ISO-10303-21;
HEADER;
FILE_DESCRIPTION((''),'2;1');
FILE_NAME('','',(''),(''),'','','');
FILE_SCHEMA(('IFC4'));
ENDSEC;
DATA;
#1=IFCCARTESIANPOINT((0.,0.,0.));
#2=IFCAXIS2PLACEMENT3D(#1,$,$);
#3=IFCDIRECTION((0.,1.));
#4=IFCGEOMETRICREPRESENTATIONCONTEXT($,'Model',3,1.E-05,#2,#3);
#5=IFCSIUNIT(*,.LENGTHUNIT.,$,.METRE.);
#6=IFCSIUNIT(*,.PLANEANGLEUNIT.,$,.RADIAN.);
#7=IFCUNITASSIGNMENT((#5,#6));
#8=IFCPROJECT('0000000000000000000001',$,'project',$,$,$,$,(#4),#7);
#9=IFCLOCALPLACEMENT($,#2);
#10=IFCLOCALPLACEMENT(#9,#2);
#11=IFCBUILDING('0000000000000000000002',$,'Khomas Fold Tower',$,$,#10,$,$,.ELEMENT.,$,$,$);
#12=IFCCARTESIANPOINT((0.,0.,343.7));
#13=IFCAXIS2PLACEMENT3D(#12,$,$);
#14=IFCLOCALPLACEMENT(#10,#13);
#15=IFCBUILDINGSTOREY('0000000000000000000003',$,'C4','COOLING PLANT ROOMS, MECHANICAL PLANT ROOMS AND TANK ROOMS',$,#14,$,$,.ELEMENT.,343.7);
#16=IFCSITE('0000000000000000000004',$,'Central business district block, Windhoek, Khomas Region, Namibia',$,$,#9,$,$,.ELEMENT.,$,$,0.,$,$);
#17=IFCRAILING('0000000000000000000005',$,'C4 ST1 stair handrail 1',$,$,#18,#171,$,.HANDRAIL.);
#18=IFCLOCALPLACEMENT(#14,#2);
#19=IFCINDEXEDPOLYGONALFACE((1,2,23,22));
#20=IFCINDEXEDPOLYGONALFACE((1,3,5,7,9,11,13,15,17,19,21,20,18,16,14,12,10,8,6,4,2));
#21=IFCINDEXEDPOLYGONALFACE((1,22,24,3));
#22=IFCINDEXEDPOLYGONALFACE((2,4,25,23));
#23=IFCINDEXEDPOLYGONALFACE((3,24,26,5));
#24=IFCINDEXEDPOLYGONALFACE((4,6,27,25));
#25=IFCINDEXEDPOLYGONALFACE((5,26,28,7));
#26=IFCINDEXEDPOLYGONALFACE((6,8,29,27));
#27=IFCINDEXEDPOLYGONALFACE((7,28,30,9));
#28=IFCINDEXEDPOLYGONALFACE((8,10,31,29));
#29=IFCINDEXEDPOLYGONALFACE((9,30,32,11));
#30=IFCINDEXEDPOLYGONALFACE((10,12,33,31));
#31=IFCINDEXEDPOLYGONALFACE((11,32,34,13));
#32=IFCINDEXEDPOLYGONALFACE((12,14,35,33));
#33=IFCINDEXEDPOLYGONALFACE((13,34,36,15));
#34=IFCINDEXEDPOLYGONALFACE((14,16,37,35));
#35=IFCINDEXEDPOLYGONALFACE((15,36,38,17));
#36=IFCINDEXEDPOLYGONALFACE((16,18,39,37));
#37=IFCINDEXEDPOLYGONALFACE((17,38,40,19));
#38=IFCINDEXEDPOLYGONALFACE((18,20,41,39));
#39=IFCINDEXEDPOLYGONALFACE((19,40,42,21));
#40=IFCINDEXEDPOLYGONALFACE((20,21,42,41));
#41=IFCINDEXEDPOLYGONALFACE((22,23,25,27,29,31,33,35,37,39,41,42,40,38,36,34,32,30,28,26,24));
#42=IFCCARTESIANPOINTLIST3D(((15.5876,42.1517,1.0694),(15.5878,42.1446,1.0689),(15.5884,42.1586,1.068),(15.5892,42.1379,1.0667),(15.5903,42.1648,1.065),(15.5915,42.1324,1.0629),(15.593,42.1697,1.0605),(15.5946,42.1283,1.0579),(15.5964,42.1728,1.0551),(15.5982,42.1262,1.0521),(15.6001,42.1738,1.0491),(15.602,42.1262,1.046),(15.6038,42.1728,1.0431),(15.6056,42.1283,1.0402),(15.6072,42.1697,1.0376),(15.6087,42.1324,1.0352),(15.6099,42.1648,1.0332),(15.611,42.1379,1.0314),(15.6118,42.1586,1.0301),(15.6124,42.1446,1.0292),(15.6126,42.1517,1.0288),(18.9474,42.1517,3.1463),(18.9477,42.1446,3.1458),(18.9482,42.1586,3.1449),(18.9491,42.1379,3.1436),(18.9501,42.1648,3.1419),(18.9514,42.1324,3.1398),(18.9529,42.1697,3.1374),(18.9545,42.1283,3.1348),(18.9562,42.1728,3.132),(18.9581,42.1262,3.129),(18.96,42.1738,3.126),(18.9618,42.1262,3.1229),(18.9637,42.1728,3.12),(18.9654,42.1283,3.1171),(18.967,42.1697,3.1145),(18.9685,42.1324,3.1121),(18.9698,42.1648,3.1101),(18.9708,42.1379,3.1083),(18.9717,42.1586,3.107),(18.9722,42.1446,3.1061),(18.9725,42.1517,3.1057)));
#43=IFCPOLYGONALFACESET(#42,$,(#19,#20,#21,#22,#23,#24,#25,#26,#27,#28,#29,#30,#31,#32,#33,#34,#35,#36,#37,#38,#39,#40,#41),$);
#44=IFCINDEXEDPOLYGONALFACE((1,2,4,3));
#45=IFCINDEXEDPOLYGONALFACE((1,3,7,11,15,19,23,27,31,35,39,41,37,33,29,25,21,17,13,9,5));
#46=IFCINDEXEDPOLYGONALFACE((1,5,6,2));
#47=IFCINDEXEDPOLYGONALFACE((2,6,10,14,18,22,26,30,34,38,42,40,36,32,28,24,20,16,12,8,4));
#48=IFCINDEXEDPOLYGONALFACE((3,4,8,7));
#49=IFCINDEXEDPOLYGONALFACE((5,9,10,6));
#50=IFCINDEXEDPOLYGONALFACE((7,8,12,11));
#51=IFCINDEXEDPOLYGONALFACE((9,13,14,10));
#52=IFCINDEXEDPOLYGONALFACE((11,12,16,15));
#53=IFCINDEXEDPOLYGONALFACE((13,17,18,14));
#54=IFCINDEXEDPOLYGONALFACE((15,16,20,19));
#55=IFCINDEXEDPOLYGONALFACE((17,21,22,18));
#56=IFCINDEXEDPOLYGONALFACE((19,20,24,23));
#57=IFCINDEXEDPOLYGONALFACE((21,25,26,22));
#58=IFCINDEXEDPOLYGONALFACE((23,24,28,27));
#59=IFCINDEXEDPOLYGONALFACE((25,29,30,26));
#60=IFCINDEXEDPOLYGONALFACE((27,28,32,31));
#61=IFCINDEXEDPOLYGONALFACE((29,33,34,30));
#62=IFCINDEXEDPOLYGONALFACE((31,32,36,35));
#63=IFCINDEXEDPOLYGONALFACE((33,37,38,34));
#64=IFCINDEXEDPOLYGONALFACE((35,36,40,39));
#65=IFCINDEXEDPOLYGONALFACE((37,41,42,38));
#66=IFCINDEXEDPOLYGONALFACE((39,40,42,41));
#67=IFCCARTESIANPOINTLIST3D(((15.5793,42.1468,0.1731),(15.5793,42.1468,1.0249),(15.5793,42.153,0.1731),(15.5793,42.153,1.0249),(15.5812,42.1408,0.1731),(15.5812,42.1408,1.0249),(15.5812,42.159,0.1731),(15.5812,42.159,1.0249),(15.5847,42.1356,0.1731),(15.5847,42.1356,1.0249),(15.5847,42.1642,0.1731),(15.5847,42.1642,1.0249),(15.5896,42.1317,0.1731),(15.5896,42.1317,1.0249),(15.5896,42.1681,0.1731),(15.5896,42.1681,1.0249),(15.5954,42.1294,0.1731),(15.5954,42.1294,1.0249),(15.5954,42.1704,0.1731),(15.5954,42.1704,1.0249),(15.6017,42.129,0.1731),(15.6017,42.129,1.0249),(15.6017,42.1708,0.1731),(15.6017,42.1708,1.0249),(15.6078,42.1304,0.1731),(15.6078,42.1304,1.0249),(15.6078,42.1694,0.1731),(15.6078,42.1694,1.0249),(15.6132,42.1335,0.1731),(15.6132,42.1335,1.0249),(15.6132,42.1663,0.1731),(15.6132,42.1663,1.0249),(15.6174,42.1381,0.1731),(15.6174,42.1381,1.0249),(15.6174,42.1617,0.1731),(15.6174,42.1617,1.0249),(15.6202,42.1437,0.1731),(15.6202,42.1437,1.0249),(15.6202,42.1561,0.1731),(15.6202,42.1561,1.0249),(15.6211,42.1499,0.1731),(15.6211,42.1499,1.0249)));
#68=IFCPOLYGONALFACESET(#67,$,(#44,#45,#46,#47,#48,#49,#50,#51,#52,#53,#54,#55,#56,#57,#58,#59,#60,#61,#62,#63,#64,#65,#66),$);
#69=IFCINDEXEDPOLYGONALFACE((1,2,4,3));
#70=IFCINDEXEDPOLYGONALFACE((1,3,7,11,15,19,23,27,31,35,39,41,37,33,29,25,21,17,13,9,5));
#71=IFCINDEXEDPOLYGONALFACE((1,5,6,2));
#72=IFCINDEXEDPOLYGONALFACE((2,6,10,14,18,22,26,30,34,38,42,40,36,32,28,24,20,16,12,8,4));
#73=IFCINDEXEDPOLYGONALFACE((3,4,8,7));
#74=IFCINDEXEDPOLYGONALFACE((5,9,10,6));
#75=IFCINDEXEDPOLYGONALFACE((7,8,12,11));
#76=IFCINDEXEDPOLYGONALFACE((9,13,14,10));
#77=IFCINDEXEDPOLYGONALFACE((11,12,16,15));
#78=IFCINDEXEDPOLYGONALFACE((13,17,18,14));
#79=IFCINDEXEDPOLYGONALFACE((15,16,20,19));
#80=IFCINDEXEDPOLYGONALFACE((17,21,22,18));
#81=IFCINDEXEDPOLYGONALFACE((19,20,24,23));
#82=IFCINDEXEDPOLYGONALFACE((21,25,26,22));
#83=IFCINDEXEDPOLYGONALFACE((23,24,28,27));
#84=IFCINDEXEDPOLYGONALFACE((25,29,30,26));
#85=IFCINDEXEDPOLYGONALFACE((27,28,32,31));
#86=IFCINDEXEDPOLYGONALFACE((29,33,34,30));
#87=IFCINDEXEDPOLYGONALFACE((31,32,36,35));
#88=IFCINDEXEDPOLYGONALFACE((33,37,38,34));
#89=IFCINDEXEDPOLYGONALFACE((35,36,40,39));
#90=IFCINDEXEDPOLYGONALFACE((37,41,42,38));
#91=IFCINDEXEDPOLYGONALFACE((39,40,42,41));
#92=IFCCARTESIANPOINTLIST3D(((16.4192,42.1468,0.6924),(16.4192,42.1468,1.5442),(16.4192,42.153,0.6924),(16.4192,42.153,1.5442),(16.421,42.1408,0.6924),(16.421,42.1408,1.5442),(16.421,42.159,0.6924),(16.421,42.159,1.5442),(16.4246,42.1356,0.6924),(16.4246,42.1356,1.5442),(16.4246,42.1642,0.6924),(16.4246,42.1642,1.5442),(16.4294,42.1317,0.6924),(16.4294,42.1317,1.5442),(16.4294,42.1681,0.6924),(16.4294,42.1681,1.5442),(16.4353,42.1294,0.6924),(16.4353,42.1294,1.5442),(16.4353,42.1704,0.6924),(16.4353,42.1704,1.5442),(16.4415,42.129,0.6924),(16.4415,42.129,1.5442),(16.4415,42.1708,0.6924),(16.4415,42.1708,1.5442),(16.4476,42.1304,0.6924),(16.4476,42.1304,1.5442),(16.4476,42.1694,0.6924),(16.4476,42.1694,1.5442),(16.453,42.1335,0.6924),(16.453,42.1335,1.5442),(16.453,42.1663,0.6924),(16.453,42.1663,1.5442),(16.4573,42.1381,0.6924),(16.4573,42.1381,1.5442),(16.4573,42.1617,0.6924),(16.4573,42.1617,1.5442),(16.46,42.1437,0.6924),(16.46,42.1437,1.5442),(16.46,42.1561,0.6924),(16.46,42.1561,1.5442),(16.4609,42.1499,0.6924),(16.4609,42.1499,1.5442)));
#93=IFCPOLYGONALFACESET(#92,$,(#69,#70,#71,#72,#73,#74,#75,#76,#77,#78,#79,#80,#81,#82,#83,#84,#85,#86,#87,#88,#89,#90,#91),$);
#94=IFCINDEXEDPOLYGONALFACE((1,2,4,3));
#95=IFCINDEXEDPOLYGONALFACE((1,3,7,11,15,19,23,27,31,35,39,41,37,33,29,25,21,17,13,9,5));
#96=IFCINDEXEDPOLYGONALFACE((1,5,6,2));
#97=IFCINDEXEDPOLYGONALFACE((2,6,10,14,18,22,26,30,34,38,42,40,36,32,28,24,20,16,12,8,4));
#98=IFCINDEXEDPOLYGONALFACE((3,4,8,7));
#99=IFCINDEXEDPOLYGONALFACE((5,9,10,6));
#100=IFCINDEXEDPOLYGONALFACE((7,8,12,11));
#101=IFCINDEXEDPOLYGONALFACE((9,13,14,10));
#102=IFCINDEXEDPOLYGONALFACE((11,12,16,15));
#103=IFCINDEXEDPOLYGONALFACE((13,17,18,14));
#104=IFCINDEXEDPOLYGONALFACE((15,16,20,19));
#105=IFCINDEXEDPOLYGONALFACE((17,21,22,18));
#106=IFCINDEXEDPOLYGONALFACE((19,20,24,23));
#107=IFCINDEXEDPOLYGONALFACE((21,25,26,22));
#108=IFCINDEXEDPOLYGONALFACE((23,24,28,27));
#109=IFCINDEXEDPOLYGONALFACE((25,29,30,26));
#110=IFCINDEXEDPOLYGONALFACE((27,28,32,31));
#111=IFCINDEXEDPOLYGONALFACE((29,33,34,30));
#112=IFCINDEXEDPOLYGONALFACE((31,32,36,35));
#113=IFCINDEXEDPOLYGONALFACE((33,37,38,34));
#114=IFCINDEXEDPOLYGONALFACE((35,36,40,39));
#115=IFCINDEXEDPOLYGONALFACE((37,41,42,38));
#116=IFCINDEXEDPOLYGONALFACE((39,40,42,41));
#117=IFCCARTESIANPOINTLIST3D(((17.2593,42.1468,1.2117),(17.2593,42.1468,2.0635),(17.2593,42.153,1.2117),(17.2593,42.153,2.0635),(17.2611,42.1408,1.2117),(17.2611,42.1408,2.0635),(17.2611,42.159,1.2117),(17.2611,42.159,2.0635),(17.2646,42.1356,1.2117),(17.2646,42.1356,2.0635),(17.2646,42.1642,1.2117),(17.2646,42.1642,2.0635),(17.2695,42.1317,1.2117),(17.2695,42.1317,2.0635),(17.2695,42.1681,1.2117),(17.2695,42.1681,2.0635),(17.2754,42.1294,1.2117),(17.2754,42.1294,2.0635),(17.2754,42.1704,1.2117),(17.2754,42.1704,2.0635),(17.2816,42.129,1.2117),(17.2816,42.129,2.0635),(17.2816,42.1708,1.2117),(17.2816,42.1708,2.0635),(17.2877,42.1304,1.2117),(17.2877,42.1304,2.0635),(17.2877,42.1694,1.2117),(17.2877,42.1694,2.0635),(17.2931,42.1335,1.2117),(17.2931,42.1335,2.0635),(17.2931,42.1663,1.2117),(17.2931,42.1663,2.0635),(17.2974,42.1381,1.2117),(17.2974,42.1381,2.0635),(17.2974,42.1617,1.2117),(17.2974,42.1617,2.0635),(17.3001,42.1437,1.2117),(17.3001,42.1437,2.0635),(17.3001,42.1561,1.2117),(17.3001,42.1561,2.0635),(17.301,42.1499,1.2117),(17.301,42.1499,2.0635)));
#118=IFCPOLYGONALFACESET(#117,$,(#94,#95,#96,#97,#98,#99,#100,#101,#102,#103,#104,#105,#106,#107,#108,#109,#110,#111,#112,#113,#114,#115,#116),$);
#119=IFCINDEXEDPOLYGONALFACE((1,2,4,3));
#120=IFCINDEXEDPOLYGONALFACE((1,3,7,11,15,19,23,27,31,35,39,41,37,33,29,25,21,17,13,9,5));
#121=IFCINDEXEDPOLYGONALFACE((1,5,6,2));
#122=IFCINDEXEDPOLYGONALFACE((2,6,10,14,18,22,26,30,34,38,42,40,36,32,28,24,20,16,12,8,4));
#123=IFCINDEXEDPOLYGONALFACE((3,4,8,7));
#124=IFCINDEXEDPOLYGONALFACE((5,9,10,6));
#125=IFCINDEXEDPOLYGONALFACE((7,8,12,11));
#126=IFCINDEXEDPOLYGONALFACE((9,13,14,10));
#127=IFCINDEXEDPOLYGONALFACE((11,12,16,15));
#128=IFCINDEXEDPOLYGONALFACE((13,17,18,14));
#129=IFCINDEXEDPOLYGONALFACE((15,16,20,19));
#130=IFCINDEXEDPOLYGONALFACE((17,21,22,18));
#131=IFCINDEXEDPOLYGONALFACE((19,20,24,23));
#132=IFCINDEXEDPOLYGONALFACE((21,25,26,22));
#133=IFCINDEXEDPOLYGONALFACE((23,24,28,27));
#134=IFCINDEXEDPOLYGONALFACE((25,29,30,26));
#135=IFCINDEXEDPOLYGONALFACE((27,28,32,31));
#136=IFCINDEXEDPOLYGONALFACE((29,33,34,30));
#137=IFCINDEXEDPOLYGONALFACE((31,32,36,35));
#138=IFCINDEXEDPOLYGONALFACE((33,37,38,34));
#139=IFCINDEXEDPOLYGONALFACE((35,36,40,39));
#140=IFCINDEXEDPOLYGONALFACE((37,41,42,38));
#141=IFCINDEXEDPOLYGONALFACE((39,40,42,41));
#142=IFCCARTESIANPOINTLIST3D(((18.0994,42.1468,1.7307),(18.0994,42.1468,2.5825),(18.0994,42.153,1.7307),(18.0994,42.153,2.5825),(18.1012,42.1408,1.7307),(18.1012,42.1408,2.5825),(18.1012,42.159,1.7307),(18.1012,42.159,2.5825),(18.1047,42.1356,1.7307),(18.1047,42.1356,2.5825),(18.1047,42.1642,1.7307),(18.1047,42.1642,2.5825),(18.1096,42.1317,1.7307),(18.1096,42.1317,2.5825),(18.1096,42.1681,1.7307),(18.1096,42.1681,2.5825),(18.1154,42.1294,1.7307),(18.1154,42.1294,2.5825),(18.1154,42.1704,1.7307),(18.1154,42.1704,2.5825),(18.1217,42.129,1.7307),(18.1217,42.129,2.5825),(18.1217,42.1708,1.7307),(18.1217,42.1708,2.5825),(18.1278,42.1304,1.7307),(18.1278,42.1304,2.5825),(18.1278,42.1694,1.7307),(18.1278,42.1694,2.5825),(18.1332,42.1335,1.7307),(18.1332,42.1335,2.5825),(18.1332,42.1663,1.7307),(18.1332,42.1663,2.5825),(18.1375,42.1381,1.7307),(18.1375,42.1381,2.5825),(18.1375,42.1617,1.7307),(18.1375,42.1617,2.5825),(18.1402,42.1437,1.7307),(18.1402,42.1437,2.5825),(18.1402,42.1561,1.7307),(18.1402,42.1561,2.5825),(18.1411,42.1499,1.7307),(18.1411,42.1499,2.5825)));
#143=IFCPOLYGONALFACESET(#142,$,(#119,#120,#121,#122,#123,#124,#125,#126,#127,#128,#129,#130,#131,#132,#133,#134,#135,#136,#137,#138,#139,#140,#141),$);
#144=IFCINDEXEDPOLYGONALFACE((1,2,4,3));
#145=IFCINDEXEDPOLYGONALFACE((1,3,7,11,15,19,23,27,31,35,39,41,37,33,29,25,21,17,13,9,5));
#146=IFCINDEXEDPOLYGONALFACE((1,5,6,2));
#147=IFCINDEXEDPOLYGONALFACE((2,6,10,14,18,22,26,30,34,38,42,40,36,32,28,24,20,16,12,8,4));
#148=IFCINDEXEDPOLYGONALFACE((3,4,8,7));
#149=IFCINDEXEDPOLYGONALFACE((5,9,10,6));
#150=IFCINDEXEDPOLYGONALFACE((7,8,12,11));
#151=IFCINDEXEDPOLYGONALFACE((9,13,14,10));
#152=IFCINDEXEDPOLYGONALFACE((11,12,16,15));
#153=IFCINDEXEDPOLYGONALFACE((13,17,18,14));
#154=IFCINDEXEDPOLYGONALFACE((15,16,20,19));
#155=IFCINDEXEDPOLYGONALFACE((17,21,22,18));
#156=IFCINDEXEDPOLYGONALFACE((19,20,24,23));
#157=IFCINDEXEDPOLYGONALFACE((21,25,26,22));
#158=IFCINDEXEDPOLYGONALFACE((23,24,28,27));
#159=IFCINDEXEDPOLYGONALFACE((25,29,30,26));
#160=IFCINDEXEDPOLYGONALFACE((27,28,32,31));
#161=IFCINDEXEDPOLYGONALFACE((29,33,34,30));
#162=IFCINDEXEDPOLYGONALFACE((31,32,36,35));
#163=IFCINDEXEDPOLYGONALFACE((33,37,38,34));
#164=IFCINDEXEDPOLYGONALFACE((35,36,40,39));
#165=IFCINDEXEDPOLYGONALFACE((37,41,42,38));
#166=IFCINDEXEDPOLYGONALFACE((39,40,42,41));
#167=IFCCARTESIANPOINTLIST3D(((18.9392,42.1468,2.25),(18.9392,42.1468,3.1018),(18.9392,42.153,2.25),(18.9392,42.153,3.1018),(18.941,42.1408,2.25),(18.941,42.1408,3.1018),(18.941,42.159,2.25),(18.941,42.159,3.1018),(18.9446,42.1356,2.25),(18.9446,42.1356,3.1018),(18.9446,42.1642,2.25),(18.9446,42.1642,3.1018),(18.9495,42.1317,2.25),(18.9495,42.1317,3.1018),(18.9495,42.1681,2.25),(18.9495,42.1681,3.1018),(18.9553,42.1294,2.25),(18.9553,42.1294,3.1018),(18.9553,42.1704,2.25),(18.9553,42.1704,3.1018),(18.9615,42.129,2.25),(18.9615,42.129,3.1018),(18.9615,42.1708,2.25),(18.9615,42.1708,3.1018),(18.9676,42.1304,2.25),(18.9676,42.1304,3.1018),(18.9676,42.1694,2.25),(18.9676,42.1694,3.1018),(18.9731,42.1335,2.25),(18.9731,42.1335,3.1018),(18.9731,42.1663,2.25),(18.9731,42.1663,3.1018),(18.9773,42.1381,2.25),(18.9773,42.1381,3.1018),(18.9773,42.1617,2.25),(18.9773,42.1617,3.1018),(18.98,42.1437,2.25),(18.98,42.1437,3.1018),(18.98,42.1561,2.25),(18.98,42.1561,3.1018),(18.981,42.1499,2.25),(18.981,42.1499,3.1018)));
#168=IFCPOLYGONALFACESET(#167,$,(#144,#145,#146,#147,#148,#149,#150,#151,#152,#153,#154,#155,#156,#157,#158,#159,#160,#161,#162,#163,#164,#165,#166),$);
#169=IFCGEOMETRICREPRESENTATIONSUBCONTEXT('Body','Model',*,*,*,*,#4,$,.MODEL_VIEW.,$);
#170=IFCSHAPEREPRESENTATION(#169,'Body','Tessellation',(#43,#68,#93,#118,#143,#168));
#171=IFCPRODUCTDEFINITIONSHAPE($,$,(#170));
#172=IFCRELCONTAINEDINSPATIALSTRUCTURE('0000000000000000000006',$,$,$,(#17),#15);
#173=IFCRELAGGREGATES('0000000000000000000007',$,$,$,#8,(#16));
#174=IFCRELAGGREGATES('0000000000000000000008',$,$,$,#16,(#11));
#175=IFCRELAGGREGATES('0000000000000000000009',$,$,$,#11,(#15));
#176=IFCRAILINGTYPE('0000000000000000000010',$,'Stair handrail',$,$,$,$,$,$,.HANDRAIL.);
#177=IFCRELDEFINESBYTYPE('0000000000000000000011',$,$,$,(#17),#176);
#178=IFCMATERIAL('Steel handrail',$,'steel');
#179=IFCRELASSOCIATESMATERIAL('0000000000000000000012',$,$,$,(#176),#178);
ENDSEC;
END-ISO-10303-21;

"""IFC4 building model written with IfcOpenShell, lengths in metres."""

from ifc_helpers import new_model, si_unit, direction, frame, origin, origin_2d, place, context, subcontext, project, spatial, circle, extrude, source, transform, mapped, material, type_object, element, save


model = new_model("IFC4")

# Units and contexts
model_context = context("Model", 3, precision=1e-05, world=origin(), true_north=direction((0.0, 1.0)))
body_context = subcontext(model_context, "Body", "Model", "MODEL_VIEW")
ifc_project = project(units=[si_unit("LENGTHUNIT", "METRE"), si_unit("PLANEANGLEUNIT", "RADIAN")], contexts=[model_context])

# Site, building, storey
site_placement = place(None, origin())
site = spatial("IfcSite", under=ifc_project, at=site_placement, Name="Central business district block, Windhoek, Khomas Region, Namibia", CompositionType="ELEMENT", RefElevation=0.0)
building_placement = place(site_placement, origin())
building = spatial("IfcBuilding", under=site, at=building_placement, Name="Khomas Fold Tower", CompositionType="ELEMENT")
storey_placement = place(building_placement, frame((0.0, 0.0, 343.7)))
storey = spatial("IfcBuildingStorey", under=building, at=storey_placement, Name="C4", Description="COOLING PLANT ROOMS, MECHANICAL PLANT ROOMS AND TANK ROOMS", CompositionType="ELEMENT", Elevation=343.7)

# Railing
ifc_material_1 = material(Name="Steel handrail", Category="steel")
railing_type_1 = type_object("IfcRailingType", Name="Stair handrail", PredefinedType="HANDRAIL", material=ifc_material_1)
shared_shape_1 = source(origin(), body_context, "Body", "SweptSolid", [
    extrude(circle(Radius=0.0239, at=origin_2d()), frame((0.0, 0.0, 0.876), z_axis=(0.850606, 0.0, 0.525803), x_axis=(0.0, 1.0, 0.0)), (0.0, 0.0, 1.0), 3.95),
    extrude(circle(Radius=0.021, at=origin_2d()), origin(), (0.0, 0.0, 1.0), 0.8518),
    extrude(circle(Radius=0.021, at=origin_2d()), frame((0.8398, 0.0, 0.5193)), (0.0, 0.0, 1.0), 0.8518),
    extrude(circle(Radius=0.021, at=origin_2d()), frame((1.6799, 0.0, 1.0386)), (0.0, 0.0, 1.0), 0.8518),
    extrude(circle(Radius=0.021, at=origin_2d()), frame((2.52, 0.0, 1.5576)), (0.0, 0.0, 1.0), 0.8518),
    extrude(circle(Radius=0.021, at=origin_2d()), frame((3.3599, 0.0, 2.0769)), (0.0, 0.0, 1.0), 0.8518),
])
railing_1_placement = place(storey_placement, frame((15.6001, 42.1499, 0.1731)))
element("IfcRailing", 1, at=railing_1_placement, inside=storey, type_object=railing_type_1, Name="C4 ST1 stair handrail 1", PredefinedType="HANDRAIL", context=body_context, shape_type="MappedRepresentation", body=[
    mapped(shared_shape_1, transform((0.0, 0.0, 0.0))),
])

save(model, "model.ifc")
